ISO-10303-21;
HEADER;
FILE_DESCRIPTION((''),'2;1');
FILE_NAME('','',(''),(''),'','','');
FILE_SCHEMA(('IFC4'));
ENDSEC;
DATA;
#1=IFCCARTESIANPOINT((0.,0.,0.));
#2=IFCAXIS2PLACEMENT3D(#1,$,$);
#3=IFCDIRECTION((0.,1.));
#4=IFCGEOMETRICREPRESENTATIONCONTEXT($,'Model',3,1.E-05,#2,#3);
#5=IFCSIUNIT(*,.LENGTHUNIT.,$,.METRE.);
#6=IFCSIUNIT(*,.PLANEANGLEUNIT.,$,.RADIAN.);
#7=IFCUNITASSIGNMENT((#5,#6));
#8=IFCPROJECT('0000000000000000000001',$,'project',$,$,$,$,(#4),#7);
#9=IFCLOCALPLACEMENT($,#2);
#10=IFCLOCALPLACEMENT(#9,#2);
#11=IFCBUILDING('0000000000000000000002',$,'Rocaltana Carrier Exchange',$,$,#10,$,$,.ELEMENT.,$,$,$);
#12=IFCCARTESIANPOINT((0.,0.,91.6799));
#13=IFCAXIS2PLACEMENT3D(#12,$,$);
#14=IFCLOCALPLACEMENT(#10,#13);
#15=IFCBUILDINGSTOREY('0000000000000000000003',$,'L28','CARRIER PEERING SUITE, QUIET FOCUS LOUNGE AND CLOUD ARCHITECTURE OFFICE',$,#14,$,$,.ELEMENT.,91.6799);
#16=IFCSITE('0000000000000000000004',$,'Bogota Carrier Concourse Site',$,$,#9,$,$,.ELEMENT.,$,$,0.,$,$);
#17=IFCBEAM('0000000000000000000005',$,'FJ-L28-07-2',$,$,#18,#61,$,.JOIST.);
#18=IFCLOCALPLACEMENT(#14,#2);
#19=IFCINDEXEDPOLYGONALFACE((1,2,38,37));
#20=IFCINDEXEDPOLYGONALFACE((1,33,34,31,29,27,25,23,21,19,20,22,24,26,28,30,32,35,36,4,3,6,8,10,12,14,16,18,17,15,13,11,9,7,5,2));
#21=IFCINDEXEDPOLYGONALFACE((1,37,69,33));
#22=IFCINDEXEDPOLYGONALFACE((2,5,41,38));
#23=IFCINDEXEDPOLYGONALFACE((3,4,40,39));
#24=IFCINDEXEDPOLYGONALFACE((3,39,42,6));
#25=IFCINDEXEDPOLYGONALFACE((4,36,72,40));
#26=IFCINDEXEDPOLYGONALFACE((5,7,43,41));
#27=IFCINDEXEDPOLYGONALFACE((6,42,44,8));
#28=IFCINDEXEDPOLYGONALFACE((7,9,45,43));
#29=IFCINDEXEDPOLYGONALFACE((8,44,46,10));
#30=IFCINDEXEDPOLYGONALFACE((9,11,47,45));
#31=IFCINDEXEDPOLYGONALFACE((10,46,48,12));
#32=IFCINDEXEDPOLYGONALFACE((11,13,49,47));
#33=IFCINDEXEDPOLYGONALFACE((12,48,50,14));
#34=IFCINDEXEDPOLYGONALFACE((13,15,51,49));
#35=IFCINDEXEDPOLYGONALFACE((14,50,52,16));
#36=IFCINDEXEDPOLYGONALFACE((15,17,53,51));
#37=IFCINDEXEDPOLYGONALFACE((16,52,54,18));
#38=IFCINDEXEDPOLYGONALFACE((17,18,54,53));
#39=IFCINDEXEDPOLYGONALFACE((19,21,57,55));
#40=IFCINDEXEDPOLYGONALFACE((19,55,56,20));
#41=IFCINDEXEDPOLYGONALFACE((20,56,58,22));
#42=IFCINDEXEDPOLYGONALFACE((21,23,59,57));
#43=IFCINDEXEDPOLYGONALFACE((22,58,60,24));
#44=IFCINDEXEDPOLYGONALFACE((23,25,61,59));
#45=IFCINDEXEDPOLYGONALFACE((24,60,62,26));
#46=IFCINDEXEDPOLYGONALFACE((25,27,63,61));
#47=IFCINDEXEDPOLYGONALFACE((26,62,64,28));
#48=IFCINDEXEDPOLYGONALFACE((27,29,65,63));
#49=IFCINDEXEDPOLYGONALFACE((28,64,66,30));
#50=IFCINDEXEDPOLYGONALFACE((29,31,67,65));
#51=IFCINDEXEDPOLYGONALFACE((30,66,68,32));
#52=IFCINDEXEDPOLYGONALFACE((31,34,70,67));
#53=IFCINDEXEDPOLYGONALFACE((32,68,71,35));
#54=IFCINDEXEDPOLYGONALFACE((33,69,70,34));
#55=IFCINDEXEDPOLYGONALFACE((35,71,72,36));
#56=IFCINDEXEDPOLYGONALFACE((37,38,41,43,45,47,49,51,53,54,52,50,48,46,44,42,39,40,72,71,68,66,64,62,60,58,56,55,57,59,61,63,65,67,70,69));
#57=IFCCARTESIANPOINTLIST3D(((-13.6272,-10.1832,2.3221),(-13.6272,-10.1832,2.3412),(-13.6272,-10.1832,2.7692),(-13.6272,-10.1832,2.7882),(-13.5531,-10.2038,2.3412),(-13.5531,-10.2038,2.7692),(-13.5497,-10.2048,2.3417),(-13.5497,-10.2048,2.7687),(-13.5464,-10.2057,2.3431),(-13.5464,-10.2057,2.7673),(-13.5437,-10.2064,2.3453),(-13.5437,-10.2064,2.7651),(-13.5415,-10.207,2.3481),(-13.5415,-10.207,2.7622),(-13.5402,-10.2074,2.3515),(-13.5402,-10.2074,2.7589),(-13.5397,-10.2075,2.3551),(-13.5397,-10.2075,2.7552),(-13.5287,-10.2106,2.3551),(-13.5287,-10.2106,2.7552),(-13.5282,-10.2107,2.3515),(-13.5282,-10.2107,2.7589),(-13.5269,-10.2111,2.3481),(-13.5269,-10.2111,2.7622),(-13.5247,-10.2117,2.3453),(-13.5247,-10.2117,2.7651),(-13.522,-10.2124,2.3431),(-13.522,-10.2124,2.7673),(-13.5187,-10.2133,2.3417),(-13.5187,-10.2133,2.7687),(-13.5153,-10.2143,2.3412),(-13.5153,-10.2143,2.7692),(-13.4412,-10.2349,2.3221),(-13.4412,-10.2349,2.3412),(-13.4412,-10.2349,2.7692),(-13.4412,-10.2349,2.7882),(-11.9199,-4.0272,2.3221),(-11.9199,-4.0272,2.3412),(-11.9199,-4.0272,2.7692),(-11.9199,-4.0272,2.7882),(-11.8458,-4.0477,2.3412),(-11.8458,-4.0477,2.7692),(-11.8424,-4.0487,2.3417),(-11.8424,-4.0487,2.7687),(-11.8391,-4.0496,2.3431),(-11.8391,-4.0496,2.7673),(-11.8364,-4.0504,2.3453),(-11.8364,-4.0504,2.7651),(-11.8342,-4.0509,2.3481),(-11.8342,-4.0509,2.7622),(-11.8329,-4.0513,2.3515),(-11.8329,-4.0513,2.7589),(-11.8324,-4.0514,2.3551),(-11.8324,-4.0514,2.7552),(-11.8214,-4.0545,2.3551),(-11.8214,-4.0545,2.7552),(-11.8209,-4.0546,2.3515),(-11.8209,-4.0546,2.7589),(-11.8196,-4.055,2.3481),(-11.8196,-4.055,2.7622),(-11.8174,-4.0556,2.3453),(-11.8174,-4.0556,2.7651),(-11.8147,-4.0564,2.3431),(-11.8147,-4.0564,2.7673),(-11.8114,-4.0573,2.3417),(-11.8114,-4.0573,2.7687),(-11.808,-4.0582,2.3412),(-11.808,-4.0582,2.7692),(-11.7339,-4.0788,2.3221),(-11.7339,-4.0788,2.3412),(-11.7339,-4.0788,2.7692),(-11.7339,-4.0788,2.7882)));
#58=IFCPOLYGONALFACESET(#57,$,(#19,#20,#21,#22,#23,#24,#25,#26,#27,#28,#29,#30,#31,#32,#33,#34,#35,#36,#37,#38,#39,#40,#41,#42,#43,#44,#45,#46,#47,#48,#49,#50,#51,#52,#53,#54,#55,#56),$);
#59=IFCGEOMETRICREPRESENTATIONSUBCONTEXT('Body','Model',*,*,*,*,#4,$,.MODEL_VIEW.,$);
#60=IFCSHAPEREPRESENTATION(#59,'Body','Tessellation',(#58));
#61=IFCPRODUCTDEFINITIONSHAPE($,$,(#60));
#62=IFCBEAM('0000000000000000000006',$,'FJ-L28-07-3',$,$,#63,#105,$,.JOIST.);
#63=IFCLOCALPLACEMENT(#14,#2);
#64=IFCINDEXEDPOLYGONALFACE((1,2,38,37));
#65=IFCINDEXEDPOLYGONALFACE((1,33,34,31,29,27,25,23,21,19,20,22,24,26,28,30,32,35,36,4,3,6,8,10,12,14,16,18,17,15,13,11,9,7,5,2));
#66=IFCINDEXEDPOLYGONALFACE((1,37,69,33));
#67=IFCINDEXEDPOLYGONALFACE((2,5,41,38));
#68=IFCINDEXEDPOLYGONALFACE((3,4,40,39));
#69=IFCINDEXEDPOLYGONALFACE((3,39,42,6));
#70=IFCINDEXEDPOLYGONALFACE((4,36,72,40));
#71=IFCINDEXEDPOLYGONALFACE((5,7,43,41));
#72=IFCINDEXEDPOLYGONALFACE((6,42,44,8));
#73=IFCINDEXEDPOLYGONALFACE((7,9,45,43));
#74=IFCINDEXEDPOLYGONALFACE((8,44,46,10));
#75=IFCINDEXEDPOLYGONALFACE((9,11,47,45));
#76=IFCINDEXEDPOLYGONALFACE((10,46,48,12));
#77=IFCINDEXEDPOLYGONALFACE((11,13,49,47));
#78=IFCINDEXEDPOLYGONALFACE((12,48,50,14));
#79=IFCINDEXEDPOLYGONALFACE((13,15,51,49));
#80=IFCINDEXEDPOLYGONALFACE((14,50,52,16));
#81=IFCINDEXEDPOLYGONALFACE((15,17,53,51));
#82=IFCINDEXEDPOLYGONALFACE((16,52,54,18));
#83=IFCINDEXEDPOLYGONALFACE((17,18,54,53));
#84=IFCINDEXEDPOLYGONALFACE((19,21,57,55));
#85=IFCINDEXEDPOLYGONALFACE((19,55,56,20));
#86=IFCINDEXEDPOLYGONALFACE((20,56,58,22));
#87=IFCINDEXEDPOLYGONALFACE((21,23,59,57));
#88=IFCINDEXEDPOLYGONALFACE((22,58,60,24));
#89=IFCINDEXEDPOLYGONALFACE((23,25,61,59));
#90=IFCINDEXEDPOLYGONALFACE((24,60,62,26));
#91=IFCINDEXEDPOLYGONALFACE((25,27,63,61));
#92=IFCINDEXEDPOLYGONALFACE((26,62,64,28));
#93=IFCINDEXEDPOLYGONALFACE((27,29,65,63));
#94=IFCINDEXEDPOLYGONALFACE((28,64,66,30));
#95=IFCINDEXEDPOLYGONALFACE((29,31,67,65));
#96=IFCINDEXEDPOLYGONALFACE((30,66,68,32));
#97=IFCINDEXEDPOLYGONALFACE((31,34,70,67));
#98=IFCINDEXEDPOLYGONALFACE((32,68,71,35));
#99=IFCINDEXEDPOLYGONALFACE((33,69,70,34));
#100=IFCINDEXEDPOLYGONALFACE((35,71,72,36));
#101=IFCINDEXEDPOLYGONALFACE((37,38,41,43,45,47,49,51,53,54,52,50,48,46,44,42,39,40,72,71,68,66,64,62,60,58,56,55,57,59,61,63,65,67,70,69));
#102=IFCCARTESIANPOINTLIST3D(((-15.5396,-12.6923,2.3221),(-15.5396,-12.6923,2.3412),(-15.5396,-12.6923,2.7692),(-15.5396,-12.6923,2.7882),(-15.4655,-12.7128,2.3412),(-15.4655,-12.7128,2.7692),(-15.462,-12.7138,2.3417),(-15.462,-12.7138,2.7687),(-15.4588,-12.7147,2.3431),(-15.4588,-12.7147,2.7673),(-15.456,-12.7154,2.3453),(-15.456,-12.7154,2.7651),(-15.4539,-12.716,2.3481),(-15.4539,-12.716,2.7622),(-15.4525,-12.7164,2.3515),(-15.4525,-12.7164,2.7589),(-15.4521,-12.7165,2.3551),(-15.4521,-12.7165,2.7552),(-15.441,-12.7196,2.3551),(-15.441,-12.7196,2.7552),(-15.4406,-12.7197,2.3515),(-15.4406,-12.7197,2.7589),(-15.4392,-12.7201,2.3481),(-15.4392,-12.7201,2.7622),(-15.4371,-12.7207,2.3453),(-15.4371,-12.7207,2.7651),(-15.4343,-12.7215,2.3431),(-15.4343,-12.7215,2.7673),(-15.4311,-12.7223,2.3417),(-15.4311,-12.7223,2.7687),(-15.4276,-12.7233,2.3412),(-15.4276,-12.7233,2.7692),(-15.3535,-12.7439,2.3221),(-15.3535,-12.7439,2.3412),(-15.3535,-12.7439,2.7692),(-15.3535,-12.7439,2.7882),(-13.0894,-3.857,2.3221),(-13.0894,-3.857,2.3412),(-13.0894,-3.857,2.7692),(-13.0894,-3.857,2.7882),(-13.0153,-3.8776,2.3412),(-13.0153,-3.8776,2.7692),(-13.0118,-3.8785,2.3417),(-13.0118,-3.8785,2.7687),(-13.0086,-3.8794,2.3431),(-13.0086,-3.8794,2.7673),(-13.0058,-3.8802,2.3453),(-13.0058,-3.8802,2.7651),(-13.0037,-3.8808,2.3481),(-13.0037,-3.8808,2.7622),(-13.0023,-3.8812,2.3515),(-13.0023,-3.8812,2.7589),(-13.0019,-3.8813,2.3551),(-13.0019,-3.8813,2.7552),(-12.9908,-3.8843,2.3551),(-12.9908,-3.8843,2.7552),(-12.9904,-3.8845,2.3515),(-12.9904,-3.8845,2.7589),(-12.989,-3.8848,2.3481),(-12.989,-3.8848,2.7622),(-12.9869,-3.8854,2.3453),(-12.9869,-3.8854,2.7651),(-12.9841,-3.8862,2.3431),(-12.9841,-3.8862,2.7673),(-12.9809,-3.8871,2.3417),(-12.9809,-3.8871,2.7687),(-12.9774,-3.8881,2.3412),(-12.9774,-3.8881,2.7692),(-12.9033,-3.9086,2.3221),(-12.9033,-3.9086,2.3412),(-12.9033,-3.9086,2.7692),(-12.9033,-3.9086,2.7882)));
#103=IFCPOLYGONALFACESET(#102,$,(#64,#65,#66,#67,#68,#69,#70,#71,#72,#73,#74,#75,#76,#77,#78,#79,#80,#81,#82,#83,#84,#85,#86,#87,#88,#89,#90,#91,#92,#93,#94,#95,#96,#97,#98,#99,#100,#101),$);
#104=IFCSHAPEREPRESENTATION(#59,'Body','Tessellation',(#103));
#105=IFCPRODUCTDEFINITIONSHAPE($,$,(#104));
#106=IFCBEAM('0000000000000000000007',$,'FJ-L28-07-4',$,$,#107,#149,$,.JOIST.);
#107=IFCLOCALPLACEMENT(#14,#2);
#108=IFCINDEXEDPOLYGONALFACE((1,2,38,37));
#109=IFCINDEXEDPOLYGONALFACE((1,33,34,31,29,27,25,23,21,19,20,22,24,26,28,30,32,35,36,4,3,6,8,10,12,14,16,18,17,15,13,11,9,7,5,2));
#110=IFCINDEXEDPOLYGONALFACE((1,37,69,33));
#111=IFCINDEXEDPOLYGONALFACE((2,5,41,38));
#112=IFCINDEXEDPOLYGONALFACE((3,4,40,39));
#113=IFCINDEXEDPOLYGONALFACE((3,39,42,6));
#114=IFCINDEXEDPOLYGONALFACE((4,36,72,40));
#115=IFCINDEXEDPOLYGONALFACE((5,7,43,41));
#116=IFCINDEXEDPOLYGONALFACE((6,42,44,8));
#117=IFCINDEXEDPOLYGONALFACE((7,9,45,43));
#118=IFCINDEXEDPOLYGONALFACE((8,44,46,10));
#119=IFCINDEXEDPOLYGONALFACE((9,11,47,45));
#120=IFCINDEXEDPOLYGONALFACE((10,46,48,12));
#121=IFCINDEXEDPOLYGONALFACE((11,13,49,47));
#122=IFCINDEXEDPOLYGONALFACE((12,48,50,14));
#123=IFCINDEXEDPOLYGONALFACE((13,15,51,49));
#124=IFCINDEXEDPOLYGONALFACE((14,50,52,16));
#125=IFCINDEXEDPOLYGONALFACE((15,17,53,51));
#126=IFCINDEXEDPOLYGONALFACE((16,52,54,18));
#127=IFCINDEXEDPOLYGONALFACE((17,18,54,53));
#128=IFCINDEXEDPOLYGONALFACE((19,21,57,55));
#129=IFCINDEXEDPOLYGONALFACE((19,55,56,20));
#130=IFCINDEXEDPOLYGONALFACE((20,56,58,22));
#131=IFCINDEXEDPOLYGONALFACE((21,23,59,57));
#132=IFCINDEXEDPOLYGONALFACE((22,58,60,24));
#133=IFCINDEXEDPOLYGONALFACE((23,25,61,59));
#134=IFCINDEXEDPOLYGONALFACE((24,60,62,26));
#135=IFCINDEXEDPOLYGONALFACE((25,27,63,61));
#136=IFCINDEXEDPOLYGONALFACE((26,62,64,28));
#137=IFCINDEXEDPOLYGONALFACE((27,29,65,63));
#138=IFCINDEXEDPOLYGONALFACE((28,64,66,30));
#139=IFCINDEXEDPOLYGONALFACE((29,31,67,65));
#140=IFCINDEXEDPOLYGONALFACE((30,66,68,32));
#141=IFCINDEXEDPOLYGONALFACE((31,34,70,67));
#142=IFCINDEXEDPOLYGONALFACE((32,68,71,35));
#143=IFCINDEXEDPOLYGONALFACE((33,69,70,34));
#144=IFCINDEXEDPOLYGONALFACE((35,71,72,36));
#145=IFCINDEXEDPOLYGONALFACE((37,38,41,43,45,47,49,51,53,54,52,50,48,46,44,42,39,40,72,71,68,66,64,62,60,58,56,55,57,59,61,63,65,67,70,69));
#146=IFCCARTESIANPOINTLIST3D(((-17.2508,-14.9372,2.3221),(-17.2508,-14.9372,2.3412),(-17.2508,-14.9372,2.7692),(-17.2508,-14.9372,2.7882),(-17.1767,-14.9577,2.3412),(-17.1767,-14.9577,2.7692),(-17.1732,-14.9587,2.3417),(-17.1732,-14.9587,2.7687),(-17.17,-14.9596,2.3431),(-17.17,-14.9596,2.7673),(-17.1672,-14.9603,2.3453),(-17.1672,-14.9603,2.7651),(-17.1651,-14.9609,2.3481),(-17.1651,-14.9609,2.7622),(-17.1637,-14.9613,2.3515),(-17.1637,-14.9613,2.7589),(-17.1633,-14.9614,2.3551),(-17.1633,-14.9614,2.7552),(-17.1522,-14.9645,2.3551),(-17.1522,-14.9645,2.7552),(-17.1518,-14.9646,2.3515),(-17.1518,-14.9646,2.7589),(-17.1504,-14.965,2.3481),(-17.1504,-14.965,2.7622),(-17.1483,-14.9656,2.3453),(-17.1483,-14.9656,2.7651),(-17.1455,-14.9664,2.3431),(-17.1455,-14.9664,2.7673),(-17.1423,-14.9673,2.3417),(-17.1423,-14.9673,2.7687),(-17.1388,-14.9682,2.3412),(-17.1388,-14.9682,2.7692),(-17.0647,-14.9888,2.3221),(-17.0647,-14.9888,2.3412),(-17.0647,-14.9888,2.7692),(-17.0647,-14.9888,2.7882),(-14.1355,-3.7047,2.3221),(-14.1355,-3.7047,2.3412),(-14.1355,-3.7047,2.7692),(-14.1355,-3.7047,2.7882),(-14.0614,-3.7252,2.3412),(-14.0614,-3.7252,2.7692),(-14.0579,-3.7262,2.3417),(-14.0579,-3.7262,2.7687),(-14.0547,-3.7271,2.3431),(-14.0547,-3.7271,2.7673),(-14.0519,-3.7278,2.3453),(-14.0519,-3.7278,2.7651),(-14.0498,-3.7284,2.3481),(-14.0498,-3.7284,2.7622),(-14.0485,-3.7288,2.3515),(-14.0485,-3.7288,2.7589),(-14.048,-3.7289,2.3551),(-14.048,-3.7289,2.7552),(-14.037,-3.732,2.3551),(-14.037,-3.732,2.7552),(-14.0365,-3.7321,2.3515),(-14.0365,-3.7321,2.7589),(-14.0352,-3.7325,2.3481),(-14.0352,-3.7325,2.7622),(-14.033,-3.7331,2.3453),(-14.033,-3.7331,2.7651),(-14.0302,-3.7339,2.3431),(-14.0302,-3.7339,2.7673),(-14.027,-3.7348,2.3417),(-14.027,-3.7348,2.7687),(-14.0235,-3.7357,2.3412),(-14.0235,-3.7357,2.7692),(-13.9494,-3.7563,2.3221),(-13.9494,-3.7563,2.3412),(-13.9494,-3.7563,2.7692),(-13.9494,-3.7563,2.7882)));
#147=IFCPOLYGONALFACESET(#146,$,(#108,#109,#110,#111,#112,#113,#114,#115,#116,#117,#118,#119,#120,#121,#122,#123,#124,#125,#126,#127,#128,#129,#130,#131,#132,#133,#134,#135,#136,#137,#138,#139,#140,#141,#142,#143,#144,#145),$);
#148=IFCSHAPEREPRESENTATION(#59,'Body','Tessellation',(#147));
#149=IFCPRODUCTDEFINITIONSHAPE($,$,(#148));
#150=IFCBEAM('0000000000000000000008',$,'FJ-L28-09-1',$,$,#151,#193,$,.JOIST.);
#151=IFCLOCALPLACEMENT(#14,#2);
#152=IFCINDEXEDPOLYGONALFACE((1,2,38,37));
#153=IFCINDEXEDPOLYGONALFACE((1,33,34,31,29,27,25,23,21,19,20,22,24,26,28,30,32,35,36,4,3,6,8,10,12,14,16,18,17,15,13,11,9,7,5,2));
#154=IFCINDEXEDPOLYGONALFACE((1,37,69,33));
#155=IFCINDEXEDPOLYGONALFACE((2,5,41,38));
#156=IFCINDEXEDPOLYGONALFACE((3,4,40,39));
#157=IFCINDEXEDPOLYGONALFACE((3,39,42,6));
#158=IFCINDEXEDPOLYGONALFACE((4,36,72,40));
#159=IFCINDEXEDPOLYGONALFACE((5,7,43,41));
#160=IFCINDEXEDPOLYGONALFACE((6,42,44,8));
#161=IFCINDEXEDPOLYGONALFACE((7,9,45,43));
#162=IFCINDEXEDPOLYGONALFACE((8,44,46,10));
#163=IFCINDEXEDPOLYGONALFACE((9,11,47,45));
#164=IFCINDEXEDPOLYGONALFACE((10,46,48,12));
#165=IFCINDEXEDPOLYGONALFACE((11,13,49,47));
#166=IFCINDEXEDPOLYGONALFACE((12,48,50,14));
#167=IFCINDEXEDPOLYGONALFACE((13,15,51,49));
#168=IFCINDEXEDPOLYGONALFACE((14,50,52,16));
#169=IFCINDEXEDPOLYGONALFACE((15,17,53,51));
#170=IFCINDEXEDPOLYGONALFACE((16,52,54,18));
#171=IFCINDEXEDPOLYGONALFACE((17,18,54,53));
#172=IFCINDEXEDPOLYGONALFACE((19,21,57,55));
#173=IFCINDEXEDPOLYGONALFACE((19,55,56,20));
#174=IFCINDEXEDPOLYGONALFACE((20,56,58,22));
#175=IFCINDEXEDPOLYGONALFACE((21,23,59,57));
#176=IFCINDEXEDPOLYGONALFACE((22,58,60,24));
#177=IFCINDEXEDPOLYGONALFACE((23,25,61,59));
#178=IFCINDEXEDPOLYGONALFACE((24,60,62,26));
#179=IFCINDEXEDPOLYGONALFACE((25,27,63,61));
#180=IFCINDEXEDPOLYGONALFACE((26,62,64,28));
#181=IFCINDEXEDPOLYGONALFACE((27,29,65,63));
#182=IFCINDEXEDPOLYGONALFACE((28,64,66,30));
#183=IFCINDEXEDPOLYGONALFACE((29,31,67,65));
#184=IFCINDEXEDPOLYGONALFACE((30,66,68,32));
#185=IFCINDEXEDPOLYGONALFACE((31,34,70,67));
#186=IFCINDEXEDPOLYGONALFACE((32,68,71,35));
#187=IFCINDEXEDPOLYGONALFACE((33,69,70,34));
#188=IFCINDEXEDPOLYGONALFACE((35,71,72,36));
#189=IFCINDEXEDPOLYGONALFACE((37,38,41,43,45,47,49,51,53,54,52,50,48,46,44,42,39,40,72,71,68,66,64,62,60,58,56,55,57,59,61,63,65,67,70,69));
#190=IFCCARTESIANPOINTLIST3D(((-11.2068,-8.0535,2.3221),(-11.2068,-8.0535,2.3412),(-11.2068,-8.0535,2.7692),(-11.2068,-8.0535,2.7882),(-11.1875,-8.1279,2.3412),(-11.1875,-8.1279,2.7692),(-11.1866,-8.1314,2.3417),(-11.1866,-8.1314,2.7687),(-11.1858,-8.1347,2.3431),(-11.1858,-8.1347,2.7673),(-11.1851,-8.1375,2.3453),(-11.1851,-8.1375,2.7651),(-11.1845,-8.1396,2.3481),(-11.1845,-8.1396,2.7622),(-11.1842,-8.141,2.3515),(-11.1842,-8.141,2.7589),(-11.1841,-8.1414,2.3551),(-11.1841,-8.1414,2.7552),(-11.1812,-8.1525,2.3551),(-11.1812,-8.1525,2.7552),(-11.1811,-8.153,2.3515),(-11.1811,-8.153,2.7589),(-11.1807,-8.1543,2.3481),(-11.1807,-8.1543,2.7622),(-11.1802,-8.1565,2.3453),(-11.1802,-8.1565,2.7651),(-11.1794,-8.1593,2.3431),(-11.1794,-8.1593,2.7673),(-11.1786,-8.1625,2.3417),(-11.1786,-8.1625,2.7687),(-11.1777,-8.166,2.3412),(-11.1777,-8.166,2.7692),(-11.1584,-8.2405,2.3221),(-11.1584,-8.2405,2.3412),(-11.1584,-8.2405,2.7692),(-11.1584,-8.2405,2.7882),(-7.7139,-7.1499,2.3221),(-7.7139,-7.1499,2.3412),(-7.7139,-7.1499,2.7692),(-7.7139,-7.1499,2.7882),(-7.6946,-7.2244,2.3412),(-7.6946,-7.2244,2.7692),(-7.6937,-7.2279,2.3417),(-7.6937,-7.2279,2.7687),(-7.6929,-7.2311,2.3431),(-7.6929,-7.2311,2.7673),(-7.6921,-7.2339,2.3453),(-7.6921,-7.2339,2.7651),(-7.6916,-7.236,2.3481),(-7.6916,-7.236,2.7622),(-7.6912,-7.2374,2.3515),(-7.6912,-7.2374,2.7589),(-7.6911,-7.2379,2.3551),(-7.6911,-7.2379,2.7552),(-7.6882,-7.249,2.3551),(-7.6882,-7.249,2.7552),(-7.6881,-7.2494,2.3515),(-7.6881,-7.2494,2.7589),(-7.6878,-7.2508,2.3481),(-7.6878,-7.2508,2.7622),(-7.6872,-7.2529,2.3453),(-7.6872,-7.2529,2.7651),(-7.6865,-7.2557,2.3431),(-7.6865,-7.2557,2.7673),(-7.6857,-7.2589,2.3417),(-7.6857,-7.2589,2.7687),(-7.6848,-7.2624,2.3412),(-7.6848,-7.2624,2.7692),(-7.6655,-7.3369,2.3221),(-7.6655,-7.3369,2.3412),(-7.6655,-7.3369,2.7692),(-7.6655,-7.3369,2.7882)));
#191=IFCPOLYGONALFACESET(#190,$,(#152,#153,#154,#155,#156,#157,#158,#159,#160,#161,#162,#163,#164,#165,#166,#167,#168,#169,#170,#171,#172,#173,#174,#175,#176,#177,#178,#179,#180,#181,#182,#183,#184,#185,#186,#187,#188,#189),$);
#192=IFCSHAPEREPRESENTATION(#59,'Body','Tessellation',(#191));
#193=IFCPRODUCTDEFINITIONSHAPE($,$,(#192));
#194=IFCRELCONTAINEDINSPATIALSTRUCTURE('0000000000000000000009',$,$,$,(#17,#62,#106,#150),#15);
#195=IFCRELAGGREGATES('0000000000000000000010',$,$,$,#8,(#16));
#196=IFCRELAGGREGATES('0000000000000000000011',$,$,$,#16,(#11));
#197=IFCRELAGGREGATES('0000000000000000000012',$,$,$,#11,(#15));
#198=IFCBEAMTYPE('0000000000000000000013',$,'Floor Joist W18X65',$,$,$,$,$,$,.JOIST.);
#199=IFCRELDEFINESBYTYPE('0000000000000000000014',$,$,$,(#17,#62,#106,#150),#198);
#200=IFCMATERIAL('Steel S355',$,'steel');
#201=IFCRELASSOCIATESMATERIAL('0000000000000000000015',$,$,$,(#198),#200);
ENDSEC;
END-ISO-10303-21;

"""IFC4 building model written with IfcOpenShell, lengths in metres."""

from ifc_helpers import new_model, si_unit, direction, frame, origin, origin_2d, place, context, subcontext, project, spatial, i_section, extrude, material, material_profile, profile_set, type_object, element, save


model = new_model("IFC4")

# Units and contexts
model_context = context("Model", 3, precision=1e-05, world=origin(), true_north=direction((0.0, 1.0)))
body_context = subcontext(model_context, "Body", "Model", "MODEL_VIEW")
ifc_project = project(units=[si_unit("LENGTHUNIT", "METRE"), si_unit("PLANEANGLEUNIT", "RADIAN")], contexts=[model_context])

# Site, building, storey
site_placement = place(None, origin())
site = spatial("IfcSite", under=ifc_project, at=site_placement, Name="Bogota Carrier Concourse Site", CompositionType="ELEMENT", RefElevation=0.0)
building_placement = place(site_placement, origin())
building = spatial("IfcBuilding", under=site, at=building_placement, Name="Rocaltana Carrier Exchange", CompositionType="ELEMENT")
storey_placement = place(building_placement, frame((0.0, 0.0, 91.6799)))
storey = spatial("IfcBuildingStorey", under=building, at=storey_placement, Name="L28", Description="CARRIER PEERING SUITE, QUIET FOCUS LOUNGE AND CLOUD ARCHITECTURE OFFICE", CompositionType="ELEMENT", Elevation=91.6799)

# Beams
ifc_material_1 = material(Name="Steel S355", Category="steel")
ifc_material_profile_1 = material_profile(ifc_material_1, i_section(OverallWidth=0.1931, OverallDepth=0.4661, WebThickness=0.0115, FlangeThickness=0.019, FilletRadius=0.0139, at=origin_2d()), Name="W18X65")
ifc_profile_set_1 = profile_set([ifc_material_profile_1], Name="Steel S355")
beam_type_1 = type_object("IfcBeamType", Name="Floor Joist W18X65", PredefinedType="JOIST", material=ifc_profile_set_1)
beam_1_placement = place(storey_placement, frame((-11.8269, -4.053, 2.5552), z_axis=(-0.267248, -0.963628, 0.0), x_axis=(0.963628, -0.267248, 0.0)))
element("IfcBeam", 1, at=beam_1_placement, inside=storey, type_object=beam_type_1, Name="FJ-L28-07-2", PredefinedType="JOIST", context=body_context, shape_type="SweptSolid", body=[
    extrude(i_section(OverallWidth=0.1931, OverallDepth=0.4661, WebThickness=0.0115, FlangeThickness=0.019, FilletRadius=0.0139, at=origin_2d()), origin(), (0.0, 0.0, 1.0), 6.3884),
])
beam_2_placement = place(storey_placement, frame((-12.9963, -3.8828, 2.5552), z_axis=(-0.267236, -0.963631, 0.0), x_axis=(0.963631, -0.267236, 0.0)))
element("IfcBeam", 2, at=beam_2_placement, inside=storey, type_object=beam_type_1, Name="FJ-L28-07-3", PredefinedType="JOIST", context=body_context, shape_type="SweptSolid", body=[
    extrude(i_section(OverallWidth=0.1931, OverallDepth=0.4661, WebThickness=0.0115, FlangeThickness=0.019, FilletRadius=0.0139, at=origin_2d()), origin(), (0.0, 0.0, 1.0), 9.1687),
])
beam_3_placement = place(storey_placement, frame((-14.0425, -3.7305, 2.5552), z_axis=(-0.267255, -0.963626, 0.0), x_axis=(0.963626, -0.267255, 0.0)))
element("IfcBeam", 3, at=beam_3_placement, inside=storey, type_object=beam_type_1, Name="FJ-L28-07-4", PredefinedType="JOIST", context=body_context, shape_type="SweptSolid", body=[
    extrude(i_section(OverallWidth=0.1931, OverallDepth=0.4661, WebThickness=0.0115, FlangeThickness=0.019, FilletRadius=0.0139, at=origin_2d()), origin(), (0.0, 0.0, 1.0), 11.6565),
])
beam_4_placement = place(storey_placement, frame((-11.1826, -8.147, 2.5552), z_axis=(0.968132, 0.250441, 0.0), x_axis=(-0.250441, 0.968132, 0.0)))
element("IfcBeam", 4, at=beam_4_placement, inside=storey, type_object=beam_type_1, Name="FJ-L28-09-1", PredefinedType="JOIST", context=body_context, shape_type="SweptSolid", body=[
    extrude(i_section(OverallWidth=0.1931, OverallDepth=0.4661, WebThickness=0.0115, FlangeThickness=0.019, FilletRadius=0.0139, at=origin_2d()), origin(), (0.0, 0.0, 1.0), 3.6079),
])

save(model, "model.ifc")
